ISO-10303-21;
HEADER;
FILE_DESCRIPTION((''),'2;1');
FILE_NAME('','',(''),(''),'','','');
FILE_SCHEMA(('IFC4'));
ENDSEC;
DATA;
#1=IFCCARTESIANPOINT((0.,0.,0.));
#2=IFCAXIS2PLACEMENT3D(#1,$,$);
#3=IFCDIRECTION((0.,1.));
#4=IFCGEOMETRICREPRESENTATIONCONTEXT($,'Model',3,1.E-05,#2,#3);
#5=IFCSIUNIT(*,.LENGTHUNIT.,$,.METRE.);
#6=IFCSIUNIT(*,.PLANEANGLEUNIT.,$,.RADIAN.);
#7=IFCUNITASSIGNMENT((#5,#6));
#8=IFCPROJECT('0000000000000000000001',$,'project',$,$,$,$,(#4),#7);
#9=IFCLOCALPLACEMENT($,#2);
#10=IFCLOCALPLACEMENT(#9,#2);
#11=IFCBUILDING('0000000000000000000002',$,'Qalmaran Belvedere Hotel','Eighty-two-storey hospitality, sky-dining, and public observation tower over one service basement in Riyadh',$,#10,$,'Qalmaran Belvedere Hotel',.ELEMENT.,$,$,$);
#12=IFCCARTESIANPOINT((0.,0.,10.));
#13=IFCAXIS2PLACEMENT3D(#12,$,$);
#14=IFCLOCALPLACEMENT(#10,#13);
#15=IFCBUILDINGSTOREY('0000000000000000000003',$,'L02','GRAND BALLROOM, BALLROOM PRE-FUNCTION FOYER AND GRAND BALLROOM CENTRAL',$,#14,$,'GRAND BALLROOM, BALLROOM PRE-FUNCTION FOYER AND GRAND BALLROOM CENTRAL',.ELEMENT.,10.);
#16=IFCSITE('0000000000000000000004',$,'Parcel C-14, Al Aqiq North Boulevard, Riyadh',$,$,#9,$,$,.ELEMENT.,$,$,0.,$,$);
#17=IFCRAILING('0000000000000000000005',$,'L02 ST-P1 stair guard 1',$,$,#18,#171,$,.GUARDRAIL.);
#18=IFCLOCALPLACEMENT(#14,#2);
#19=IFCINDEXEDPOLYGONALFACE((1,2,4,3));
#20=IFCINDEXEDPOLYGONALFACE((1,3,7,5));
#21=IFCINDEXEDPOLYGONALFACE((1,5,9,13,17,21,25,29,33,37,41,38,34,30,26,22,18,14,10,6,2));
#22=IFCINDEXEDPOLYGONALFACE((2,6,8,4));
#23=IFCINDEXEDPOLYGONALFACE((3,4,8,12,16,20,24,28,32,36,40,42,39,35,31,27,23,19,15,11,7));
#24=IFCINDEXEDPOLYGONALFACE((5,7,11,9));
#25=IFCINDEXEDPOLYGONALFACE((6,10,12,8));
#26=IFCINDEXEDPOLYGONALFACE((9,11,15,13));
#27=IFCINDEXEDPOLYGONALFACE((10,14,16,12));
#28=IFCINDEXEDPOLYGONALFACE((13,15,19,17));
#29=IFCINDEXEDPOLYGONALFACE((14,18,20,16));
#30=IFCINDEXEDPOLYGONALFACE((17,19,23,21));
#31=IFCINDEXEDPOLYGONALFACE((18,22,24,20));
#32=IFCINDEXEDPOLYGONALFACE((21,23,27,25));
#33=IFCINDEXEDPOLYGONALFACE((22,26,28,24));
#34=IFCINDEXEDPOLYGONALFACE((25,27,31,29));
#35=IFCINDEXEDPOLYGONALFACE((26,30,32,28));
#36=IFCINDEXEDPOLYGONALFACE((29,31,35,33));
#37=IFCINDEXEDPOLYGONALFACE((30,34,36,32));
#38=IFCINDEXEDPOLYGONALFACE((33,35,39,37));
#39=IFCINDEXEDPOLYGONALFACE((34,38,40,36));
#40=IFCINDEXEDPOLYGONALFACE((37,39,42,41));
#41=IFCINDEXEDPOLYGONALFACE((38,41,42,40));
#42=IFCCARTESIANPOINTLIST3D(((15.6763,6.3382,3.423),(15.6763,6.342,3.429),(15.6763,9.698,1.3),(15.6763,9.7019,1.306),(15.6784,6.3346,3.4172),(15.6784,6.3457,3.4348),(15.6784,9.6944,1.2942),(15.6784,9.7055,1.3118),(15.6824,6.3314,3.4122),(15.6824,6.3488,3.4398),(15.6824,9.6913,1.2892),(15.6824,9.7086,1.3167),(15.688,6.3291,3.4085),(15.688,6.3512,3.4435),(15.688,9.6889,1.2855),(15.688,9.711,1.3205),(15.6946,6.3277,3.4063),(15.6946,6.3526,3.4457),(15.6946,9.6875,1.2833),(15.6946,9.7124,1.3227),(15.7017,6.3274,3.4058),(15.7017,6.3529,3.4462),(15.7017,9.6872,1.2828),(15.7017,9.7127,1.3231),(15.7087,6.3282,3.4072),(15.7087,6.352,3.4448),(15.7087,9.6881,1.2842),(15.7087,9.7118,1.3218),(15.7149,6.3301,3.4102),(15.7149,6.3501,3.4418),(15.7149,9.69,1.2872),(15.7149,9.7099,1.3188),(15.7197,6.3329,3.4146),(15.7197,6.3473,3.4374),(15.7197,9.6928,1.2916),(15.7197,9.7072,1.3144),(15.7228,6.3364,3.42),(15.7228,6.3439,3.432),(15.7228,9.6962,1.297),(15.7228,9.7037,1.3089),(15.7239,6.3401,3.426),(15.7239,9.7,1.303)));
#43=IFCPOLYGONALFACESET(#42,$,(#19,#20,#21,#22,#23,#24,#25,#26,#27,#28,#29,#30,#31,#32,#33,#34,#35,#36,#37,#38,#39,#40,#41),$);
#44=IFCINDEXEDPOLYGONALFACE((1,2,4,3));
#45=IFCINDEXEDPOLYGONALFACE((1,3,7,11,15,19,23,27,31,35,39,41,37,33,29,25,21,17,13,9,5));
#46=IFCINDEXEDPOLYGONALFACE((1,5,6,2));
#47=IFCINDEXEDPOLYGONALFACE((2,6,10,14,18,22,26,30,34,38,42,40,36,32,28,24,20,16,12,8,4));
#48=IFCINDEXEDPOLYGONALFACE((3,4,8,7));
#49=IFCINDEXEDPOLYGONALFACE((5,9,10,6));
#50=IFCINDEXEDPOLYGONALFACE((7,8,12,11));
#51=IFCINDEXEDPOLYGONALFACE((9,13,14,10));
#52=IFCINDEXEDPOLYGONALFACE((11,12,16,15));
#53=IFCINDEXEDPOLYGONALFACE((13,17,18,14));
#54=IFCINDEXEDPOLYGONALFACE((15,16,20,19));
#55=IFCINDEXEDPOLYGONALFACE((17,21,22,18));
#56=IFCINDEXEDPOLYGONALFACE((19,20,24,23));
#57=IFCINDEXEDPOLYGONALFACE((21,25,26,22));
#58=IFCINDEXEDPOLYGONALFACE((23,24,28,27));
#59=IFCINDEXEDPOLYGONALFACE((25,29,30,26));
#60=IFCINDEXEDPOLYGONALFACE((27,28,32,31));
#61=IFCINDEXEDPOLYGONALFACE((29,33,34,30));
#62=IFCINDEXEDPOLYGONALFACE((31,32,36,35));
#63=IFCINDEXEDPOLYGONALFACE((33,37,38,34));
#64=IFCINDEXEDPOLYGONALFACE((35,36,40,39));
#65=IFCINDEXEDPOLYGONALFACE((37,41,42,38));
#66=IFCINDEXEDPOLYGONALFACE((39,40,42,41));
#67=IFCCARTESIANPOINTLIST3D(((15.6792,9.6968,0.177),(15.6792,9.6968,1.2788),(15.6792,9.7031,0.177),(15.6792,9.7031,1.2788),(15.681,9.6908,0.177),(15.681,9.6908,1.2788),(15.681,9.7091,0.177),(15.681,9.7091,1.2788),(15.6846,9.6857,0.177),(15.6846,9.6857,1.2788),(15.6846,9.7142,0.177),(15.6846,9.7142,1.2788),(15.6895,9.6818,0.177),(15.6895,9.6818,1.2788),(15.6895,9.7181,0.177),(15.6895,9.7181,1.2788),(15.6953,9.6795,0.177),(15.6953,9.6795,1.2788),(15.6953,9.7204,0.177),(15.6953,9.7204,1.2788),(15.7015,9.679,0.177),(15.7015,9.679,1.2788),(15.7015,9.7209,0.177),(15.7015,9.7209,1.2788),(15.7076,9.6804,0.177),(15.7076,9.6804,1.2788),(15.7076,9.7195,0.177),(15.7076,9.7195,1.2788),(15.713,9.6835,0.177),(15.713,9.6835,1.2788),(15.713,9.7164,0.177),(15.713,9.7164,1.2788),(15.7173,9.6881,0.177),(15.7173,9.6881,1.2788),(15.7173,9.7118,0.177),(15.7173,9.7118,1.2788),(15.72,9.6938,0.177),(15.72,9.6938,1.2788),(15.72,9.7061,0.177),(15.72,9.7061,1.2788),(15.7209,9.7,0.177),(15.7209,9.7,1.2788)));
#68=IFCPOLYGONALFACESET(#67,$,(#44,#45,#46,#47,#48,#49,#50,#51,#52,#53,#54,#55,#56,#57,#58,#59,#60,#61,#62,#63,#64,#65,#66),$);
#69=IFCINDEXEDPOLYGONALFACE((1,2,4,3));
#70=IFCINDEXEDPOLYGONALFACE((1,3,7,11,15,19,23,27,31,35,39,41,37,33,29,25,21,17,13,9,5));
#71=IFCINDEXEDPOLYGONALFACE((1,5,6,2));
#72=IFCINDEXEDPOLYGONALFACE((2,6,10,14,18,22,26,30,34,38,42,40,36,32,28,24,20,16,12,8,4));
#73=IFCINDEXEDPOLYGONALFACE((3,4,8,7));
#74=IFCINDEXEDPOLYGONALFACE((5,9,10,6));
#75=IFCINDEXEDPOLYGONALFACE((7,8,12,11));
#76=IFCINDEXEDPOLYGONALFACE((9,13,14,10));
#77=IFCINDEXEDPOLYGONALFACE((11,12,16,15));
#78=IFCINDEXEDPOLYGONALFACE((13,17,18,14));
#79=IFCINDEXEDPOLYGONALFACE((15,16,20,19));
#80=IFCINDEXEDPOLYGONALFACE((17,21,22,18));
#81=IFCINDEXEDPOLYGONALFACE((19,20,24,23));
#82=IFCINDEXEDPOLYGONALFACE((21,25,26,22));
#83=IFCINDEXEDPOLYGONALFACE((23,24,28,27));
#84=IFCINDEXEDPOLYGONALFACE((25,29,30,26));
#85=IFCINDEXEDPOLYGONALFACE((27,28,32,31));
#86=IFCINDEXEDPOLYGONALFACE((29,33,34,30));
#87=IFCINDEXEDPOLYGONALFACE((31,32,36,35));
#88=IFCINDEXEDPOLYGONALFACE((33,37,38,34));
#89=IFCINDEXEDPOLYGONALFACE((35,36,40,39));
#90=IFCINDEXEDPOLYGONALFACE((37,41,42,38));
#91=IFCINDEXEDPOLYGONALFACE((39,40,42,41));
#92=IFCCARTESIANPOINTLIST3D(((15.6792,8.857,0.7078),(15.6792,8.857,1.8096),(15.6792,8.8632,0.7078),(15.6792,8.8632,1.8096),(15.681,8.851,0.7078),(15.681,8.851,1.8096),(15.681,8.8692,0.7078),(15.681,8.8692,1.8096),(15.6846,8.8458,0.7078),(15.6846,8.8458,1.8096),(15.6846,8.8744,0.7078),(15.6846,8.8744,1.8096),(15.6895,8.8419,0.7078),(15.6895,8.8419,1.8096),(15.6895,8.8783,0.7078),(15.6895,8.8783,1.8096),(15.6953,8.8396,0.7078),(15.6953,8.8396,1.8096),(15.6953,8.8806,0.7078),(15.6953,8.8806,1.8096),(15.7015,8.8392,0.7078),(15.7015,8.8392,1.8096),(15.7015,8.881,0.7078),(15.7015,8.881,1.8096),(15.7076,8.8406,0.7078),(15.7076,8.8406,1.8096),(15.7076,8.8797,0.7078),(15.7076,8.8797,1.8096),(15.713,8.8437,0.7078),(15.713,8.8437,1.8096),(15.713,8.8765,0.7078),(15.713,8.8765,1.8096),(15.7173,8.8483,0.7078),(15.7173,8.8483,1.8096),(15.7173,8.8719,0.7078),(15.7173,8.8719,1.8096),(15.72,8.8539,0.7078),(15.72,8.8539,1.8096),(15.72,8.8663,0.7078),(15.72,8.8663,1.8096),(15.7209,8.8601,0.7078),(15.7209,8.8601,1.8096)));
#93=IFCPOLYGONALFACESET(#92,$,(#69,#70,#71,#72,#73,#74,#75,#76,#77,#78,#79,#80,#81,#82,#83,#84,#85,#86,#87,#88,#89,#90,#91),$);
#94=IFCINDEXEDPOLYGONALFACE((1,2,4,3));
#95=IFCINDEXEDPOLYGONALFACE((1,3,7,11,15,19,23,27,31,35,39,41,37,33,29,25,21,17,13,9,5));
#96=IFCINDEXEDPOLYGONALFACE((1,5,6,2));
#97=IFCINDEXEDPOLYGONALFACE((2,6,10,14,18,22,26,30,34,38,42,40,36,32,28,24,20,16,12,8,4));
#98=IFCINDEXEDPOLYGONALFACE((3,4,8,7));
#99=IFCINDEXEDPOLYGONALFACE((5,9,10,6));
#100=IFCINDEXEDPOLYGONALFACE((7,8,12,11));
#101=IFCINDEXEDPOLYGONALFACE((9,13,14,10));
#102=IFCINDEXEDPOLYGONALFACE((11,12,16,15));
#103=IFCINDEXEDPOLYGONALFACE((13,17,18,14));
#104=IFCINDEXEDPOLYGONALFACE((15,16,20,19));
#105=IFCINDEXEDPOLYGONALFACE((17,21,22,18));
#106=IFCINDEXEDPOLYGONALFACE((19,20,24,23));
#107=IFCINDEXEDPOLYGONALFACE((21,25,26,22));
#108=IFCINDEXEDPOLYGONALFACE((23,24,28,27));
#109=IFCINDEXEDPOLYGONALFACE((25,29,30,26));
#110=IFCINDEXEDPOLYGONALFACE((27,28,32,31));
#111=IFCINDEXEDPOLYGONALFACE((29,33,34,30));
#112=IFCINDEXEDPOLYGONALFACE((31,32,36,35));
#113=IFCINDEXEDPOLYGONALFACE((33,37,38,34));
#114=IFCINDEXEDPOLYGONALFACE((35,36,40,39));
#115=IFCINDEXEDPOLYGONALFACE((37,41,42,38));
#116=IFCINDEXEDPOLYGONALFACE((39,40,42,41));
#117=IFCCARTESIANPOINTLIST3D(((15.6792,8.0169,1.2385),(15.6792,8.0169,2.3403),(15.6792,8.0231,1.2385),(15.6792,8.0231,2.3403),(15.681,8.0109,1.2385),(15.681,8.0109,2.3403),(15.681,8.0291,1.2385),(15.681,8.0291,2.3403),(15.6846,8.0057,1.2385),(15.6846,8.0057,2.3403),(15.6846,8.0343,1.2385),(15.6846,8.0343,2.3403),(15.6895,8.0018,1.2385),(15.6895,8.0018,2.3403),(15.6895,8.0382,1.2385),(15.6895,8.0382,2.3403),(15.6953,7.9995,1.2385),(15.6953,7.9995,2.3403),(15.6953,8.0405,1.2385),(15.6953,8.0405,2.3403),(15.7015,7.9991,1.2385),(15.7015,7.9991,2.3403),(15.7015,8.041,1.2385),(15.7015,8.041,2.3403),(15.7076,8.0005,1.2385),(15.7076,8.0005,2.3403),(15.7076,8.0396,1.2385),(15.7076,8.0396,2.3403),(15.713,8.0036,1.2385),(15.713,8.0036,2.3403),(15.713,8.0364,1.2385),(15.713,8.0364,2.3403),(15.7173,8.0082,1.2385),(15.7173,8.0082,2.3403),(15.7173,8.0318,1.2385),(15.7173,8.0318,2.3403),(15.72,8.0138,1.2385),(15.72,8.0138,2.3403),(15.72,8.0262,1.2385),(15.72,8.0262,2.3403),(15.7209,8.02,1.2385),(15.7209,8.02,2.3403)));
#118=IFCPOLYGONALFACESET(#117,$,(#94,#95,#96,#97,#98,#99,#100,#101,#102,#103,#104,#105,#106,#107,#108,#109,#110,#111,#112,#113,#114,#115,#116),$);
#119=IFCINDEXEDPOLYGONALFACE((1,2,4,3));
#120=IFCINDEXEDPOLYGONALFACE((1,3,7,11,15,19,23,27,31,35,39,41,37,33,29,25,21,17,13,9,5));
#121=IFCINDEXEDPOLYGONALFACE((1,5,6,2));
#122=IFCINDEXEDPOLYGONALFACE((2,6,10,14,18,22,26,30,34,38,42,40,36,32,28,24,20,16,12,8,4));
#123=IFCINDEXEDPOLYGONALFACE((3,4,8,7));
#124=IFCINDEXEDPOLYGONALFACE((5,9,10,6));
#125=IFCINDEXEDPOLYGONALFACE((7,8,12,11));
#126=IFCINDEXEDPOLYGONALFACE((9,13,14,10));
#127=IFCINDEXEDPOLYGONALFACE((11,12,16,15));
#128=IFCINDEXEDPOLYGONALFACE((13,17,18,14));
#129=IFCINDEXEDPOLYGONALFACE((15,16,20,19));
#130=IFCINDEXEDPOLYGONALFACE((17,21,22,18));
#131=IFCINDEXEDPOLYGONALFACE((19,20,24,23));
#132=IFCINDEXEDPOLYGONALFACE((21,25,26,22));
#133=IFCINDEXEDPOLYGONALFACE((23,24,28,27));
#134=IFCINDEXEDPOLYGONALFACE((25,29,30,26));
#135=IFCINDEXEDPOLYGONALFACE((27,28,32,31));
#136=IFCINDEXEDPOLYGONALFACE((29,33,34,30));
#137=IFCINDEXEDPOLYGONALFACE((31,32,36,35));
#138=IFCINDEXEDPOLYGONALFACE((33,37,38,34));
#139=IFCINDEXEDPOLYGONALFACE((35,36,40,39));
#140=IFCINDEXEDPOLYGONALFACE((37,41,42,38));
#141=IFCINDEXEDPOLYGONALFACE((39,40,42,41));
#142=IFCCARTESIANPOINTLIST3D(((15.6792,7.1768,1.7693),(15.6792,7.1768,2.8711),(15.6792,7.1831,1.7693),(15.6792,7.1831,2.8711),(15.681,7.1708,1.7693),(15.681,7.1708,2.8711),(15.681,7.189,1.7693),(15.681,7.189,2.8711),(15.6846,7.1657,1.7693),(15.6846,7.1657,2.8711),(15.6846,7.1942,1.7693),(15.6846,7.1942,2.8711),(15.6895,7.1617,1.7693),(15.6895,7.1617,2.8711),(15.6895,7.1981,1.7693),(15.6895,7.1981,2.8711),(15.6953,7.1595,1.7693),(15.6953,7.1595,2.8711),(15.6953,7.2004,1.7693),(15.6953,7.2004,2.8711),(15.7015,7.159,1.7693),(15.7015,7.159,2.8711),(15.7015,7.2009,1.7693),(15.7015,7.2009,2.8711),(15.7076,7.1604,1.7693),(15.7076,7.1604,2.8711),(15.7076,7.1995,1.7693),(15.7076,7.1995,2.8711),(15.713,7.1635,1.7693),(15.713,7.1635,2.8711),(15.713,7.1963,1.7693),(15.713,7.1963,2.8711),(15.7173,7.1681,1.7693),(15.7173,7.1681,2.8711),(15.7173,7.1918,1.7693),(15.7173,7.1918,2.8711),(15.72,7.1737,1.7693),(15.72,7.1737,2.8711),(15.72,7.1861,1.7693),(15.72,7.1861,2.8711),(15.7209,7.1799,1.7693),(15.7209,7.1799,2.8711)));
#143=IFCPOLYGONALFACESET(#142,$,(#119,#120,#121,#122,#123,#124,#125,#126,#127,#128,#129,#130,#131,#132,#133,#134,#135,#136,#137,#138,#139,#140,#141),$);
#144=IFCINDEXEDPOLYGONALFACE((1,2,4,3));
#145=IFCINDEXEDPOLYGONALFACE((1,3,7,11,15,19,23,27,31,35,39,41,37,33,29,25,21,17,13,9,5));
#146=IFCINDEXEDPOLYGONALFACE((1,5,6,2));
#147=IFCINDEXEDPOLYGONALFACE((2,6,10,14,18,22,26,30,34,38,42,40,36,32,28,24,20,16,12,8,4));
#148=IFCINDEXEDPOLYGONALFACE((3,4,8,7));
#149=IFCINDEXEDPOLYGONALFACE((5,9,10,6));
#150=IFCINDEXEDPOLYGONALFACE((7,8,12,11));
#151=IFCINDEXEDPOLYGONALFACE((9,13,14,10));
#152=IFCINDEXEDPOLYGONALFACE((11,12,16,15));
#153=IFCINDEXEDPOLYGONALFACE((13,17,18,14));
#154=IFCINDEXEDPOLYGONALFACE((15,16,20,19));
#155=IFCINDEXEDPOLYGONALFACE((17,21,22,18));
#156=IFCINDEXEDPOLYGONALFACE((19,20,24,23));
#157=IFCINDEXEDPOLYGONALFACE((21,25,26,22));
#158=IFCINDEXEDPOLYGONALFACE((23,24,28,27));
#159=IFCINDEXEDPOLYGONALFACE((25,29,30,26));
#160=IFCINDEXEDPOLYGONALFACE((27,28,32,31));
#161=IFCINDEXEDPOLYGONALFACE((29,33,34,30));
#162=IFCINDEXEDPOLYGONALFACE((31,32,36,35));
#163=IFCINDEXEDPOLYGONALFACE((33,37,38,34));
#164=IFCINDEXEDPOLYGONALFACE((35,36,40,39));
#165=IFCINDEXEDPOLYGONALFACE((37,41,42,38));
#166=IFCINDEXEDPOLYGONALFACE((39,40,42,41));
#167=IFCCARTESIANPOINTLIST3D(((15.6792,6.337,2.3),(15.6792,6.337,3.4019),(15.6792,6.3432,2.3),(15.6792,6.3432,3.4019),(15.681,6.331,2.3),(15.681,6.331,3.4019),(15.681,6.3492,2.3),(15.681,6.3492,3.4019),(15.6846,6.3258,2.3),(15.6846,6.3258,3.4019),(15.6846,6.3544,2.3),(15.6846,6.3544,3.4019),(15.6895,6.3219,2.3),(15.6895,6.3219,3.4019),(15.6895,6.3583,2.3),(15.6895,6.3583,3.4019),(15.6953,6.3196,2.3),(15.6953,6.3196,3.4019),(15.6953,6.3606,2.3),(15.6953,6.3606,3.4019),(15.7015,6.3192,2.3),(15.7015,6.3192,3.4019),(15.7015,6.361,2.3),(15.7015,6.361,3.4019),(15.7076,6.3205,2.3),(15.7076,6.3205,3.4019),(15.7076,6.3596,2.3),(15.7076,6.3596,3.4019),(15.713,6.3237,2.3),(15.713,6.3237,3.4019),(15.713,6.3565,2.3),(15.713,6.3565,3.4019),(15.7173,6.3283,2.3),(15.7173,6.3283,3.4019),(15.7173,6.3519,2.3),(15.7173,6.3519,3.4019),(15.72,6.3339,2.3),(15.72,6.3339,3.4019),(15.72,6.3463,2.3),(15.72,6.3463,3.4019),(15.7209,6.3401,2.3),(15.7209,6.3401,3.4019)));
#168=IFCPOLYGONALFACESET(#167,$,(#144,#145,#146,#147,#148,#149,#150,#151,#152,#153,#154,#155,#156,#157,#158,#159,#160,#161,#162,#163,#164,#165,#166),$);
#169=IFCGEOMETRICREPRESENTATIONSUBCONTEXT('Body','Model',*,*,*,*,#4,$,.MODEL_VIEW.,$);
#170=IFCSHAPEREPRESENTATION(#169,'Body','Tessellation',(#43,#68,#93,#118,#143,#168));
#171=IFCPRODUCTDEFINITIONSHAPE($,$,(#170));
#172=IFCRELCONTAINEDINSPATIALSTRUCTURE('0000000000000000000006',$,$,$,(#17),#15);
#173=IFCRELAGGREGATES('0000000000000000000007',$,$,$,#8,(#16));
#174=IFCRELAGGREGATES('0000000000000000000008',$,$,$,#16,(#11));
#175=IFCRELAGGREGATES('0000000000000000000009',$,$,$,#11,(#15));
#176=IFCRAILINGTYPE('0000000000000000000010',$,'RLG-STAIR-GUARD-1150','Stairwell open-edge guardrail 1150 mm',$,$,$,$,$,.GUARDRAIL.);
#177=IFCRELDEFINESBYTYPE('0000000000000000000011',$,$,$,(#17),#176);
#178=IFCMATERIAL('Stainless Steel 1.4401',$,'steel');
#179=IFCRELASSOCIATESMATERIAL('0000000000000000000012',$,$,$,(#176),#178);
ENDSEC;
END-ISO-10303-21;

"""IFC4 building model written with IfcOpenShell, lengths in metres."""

from ifc_helpers import new_model, si_unit, direction, frame, origin, origin_2d, place, context, subcontext, project, spatial, circle, extrude, material, type_object, element, save


model = new_model("IFC4")

# Units and contexts
model_context = context("Model", 3, precision=1e-05, world=origin(), true_north=direction((0.0, 1.0)))
body_context = subcontext(model_context, "Body", "Model", "MODEL_VIEW")
ifc_project = project(units=[si_unit("LENGTHUNIT", "METRE"), si_unit("PLANEANGLEUNIT", "RADIAN")], contexts=[model_context])

# Site, building, storey
site_placement = place(None, origin())
site = spatial("IfcSite", under=ifc_project, at=site_placement, Name="Parcel C-14, Al Aqiq North Boulevard, Riyadh", CompositionType="ELEMENT", RefElevation=0.0)
building_placement = place(site_placement, origin())
building = spatial("IfcBuilding", under=site, at=building_placement, Name="Qalmaran Belvedere Hotel", Description="Eighty-two-storey hospitality, sky-dining, and public observation tower over one service basement in Riyadh", LongName="Qalmaran Belvedere Hotel", CompositionType="ELEMENT")
storey_placement = place(building_placement, frame((0.0, 0.0, 10.0)))
storey = spatial("IfcBuildingStorey", under=building, at=storey_placement, Name="L02", Description="GRAND BALLROOM, BALLROOM PRE-FUNCTION FOYER AND GRAND BALLROOM CENTRAL", LongName="GRAND BALLROOM, BALLROOM PRE-FUNCTION FOYER AND GRAND BALLROOM CENTRAL", CompositionType="ELEMENT", Elevation=10.0)

# Railing
ifc_material_1 = material(Name="Stainless Steel 1.4401", Category="steel")
railing_type_1 = type_object("IfcRailingType", Name="RLG-STAIR-GUARD-1150", Description="Stairwell open-edge guardrail 1150 mm", PredefinedType="GUARDRAIL", material=ifc_material_1)
railing_1_placement = place(storey_placement, frame((15.7, 9.7, 0.177)))
element("IfcRailing", 1, at=railing_1_placement, inside=storey, type_object=railing_type_1, Name="L02 ST-P1 stair guard 1", PredefinedType="GUARDRAIL", context=body_context, shape_type="SweptSolid", body=[
    extrude(circle(Radius=0.0239, at=origin_2d()), frame((0.0, 0.0, 1.126), z_axis=(0.0, -0.845372, 0.534178), x_axis=(1.0, 0.0, 0.0)), (0.0, 0.0, 1.0), 3.9744),
    extrude(circle(Radius=0.021, at=origin_2d()), origin(), (0.0, 0.0, 1.0), 1.1018),
    extrude(circle(Radius=0.021, at=origin_2d()), frame((0.0, -0.8398, 0.5308)), (0.0, 0.0, 1.0), 1.1018),
    extrude(circle(Radius=0.021, at=origin_2d()), frame((0.0, -1.6799, 1.0615)), (0.0, 0.0, 1.0), 1.1018),
    extrude(circle(Radius=0.021, at=origin_2d()), frame((0.0, -2.52, 1.5923)), (0.0, 0.0, 1.0), 1.1018),
    extrude(circle(Radius=0.021, at=origin_2d()), frame((0.0, -3.3599, 2.123)), (0.0, 0.0, 1.0), 1.1018),
])

save(model, "model.ifc")
